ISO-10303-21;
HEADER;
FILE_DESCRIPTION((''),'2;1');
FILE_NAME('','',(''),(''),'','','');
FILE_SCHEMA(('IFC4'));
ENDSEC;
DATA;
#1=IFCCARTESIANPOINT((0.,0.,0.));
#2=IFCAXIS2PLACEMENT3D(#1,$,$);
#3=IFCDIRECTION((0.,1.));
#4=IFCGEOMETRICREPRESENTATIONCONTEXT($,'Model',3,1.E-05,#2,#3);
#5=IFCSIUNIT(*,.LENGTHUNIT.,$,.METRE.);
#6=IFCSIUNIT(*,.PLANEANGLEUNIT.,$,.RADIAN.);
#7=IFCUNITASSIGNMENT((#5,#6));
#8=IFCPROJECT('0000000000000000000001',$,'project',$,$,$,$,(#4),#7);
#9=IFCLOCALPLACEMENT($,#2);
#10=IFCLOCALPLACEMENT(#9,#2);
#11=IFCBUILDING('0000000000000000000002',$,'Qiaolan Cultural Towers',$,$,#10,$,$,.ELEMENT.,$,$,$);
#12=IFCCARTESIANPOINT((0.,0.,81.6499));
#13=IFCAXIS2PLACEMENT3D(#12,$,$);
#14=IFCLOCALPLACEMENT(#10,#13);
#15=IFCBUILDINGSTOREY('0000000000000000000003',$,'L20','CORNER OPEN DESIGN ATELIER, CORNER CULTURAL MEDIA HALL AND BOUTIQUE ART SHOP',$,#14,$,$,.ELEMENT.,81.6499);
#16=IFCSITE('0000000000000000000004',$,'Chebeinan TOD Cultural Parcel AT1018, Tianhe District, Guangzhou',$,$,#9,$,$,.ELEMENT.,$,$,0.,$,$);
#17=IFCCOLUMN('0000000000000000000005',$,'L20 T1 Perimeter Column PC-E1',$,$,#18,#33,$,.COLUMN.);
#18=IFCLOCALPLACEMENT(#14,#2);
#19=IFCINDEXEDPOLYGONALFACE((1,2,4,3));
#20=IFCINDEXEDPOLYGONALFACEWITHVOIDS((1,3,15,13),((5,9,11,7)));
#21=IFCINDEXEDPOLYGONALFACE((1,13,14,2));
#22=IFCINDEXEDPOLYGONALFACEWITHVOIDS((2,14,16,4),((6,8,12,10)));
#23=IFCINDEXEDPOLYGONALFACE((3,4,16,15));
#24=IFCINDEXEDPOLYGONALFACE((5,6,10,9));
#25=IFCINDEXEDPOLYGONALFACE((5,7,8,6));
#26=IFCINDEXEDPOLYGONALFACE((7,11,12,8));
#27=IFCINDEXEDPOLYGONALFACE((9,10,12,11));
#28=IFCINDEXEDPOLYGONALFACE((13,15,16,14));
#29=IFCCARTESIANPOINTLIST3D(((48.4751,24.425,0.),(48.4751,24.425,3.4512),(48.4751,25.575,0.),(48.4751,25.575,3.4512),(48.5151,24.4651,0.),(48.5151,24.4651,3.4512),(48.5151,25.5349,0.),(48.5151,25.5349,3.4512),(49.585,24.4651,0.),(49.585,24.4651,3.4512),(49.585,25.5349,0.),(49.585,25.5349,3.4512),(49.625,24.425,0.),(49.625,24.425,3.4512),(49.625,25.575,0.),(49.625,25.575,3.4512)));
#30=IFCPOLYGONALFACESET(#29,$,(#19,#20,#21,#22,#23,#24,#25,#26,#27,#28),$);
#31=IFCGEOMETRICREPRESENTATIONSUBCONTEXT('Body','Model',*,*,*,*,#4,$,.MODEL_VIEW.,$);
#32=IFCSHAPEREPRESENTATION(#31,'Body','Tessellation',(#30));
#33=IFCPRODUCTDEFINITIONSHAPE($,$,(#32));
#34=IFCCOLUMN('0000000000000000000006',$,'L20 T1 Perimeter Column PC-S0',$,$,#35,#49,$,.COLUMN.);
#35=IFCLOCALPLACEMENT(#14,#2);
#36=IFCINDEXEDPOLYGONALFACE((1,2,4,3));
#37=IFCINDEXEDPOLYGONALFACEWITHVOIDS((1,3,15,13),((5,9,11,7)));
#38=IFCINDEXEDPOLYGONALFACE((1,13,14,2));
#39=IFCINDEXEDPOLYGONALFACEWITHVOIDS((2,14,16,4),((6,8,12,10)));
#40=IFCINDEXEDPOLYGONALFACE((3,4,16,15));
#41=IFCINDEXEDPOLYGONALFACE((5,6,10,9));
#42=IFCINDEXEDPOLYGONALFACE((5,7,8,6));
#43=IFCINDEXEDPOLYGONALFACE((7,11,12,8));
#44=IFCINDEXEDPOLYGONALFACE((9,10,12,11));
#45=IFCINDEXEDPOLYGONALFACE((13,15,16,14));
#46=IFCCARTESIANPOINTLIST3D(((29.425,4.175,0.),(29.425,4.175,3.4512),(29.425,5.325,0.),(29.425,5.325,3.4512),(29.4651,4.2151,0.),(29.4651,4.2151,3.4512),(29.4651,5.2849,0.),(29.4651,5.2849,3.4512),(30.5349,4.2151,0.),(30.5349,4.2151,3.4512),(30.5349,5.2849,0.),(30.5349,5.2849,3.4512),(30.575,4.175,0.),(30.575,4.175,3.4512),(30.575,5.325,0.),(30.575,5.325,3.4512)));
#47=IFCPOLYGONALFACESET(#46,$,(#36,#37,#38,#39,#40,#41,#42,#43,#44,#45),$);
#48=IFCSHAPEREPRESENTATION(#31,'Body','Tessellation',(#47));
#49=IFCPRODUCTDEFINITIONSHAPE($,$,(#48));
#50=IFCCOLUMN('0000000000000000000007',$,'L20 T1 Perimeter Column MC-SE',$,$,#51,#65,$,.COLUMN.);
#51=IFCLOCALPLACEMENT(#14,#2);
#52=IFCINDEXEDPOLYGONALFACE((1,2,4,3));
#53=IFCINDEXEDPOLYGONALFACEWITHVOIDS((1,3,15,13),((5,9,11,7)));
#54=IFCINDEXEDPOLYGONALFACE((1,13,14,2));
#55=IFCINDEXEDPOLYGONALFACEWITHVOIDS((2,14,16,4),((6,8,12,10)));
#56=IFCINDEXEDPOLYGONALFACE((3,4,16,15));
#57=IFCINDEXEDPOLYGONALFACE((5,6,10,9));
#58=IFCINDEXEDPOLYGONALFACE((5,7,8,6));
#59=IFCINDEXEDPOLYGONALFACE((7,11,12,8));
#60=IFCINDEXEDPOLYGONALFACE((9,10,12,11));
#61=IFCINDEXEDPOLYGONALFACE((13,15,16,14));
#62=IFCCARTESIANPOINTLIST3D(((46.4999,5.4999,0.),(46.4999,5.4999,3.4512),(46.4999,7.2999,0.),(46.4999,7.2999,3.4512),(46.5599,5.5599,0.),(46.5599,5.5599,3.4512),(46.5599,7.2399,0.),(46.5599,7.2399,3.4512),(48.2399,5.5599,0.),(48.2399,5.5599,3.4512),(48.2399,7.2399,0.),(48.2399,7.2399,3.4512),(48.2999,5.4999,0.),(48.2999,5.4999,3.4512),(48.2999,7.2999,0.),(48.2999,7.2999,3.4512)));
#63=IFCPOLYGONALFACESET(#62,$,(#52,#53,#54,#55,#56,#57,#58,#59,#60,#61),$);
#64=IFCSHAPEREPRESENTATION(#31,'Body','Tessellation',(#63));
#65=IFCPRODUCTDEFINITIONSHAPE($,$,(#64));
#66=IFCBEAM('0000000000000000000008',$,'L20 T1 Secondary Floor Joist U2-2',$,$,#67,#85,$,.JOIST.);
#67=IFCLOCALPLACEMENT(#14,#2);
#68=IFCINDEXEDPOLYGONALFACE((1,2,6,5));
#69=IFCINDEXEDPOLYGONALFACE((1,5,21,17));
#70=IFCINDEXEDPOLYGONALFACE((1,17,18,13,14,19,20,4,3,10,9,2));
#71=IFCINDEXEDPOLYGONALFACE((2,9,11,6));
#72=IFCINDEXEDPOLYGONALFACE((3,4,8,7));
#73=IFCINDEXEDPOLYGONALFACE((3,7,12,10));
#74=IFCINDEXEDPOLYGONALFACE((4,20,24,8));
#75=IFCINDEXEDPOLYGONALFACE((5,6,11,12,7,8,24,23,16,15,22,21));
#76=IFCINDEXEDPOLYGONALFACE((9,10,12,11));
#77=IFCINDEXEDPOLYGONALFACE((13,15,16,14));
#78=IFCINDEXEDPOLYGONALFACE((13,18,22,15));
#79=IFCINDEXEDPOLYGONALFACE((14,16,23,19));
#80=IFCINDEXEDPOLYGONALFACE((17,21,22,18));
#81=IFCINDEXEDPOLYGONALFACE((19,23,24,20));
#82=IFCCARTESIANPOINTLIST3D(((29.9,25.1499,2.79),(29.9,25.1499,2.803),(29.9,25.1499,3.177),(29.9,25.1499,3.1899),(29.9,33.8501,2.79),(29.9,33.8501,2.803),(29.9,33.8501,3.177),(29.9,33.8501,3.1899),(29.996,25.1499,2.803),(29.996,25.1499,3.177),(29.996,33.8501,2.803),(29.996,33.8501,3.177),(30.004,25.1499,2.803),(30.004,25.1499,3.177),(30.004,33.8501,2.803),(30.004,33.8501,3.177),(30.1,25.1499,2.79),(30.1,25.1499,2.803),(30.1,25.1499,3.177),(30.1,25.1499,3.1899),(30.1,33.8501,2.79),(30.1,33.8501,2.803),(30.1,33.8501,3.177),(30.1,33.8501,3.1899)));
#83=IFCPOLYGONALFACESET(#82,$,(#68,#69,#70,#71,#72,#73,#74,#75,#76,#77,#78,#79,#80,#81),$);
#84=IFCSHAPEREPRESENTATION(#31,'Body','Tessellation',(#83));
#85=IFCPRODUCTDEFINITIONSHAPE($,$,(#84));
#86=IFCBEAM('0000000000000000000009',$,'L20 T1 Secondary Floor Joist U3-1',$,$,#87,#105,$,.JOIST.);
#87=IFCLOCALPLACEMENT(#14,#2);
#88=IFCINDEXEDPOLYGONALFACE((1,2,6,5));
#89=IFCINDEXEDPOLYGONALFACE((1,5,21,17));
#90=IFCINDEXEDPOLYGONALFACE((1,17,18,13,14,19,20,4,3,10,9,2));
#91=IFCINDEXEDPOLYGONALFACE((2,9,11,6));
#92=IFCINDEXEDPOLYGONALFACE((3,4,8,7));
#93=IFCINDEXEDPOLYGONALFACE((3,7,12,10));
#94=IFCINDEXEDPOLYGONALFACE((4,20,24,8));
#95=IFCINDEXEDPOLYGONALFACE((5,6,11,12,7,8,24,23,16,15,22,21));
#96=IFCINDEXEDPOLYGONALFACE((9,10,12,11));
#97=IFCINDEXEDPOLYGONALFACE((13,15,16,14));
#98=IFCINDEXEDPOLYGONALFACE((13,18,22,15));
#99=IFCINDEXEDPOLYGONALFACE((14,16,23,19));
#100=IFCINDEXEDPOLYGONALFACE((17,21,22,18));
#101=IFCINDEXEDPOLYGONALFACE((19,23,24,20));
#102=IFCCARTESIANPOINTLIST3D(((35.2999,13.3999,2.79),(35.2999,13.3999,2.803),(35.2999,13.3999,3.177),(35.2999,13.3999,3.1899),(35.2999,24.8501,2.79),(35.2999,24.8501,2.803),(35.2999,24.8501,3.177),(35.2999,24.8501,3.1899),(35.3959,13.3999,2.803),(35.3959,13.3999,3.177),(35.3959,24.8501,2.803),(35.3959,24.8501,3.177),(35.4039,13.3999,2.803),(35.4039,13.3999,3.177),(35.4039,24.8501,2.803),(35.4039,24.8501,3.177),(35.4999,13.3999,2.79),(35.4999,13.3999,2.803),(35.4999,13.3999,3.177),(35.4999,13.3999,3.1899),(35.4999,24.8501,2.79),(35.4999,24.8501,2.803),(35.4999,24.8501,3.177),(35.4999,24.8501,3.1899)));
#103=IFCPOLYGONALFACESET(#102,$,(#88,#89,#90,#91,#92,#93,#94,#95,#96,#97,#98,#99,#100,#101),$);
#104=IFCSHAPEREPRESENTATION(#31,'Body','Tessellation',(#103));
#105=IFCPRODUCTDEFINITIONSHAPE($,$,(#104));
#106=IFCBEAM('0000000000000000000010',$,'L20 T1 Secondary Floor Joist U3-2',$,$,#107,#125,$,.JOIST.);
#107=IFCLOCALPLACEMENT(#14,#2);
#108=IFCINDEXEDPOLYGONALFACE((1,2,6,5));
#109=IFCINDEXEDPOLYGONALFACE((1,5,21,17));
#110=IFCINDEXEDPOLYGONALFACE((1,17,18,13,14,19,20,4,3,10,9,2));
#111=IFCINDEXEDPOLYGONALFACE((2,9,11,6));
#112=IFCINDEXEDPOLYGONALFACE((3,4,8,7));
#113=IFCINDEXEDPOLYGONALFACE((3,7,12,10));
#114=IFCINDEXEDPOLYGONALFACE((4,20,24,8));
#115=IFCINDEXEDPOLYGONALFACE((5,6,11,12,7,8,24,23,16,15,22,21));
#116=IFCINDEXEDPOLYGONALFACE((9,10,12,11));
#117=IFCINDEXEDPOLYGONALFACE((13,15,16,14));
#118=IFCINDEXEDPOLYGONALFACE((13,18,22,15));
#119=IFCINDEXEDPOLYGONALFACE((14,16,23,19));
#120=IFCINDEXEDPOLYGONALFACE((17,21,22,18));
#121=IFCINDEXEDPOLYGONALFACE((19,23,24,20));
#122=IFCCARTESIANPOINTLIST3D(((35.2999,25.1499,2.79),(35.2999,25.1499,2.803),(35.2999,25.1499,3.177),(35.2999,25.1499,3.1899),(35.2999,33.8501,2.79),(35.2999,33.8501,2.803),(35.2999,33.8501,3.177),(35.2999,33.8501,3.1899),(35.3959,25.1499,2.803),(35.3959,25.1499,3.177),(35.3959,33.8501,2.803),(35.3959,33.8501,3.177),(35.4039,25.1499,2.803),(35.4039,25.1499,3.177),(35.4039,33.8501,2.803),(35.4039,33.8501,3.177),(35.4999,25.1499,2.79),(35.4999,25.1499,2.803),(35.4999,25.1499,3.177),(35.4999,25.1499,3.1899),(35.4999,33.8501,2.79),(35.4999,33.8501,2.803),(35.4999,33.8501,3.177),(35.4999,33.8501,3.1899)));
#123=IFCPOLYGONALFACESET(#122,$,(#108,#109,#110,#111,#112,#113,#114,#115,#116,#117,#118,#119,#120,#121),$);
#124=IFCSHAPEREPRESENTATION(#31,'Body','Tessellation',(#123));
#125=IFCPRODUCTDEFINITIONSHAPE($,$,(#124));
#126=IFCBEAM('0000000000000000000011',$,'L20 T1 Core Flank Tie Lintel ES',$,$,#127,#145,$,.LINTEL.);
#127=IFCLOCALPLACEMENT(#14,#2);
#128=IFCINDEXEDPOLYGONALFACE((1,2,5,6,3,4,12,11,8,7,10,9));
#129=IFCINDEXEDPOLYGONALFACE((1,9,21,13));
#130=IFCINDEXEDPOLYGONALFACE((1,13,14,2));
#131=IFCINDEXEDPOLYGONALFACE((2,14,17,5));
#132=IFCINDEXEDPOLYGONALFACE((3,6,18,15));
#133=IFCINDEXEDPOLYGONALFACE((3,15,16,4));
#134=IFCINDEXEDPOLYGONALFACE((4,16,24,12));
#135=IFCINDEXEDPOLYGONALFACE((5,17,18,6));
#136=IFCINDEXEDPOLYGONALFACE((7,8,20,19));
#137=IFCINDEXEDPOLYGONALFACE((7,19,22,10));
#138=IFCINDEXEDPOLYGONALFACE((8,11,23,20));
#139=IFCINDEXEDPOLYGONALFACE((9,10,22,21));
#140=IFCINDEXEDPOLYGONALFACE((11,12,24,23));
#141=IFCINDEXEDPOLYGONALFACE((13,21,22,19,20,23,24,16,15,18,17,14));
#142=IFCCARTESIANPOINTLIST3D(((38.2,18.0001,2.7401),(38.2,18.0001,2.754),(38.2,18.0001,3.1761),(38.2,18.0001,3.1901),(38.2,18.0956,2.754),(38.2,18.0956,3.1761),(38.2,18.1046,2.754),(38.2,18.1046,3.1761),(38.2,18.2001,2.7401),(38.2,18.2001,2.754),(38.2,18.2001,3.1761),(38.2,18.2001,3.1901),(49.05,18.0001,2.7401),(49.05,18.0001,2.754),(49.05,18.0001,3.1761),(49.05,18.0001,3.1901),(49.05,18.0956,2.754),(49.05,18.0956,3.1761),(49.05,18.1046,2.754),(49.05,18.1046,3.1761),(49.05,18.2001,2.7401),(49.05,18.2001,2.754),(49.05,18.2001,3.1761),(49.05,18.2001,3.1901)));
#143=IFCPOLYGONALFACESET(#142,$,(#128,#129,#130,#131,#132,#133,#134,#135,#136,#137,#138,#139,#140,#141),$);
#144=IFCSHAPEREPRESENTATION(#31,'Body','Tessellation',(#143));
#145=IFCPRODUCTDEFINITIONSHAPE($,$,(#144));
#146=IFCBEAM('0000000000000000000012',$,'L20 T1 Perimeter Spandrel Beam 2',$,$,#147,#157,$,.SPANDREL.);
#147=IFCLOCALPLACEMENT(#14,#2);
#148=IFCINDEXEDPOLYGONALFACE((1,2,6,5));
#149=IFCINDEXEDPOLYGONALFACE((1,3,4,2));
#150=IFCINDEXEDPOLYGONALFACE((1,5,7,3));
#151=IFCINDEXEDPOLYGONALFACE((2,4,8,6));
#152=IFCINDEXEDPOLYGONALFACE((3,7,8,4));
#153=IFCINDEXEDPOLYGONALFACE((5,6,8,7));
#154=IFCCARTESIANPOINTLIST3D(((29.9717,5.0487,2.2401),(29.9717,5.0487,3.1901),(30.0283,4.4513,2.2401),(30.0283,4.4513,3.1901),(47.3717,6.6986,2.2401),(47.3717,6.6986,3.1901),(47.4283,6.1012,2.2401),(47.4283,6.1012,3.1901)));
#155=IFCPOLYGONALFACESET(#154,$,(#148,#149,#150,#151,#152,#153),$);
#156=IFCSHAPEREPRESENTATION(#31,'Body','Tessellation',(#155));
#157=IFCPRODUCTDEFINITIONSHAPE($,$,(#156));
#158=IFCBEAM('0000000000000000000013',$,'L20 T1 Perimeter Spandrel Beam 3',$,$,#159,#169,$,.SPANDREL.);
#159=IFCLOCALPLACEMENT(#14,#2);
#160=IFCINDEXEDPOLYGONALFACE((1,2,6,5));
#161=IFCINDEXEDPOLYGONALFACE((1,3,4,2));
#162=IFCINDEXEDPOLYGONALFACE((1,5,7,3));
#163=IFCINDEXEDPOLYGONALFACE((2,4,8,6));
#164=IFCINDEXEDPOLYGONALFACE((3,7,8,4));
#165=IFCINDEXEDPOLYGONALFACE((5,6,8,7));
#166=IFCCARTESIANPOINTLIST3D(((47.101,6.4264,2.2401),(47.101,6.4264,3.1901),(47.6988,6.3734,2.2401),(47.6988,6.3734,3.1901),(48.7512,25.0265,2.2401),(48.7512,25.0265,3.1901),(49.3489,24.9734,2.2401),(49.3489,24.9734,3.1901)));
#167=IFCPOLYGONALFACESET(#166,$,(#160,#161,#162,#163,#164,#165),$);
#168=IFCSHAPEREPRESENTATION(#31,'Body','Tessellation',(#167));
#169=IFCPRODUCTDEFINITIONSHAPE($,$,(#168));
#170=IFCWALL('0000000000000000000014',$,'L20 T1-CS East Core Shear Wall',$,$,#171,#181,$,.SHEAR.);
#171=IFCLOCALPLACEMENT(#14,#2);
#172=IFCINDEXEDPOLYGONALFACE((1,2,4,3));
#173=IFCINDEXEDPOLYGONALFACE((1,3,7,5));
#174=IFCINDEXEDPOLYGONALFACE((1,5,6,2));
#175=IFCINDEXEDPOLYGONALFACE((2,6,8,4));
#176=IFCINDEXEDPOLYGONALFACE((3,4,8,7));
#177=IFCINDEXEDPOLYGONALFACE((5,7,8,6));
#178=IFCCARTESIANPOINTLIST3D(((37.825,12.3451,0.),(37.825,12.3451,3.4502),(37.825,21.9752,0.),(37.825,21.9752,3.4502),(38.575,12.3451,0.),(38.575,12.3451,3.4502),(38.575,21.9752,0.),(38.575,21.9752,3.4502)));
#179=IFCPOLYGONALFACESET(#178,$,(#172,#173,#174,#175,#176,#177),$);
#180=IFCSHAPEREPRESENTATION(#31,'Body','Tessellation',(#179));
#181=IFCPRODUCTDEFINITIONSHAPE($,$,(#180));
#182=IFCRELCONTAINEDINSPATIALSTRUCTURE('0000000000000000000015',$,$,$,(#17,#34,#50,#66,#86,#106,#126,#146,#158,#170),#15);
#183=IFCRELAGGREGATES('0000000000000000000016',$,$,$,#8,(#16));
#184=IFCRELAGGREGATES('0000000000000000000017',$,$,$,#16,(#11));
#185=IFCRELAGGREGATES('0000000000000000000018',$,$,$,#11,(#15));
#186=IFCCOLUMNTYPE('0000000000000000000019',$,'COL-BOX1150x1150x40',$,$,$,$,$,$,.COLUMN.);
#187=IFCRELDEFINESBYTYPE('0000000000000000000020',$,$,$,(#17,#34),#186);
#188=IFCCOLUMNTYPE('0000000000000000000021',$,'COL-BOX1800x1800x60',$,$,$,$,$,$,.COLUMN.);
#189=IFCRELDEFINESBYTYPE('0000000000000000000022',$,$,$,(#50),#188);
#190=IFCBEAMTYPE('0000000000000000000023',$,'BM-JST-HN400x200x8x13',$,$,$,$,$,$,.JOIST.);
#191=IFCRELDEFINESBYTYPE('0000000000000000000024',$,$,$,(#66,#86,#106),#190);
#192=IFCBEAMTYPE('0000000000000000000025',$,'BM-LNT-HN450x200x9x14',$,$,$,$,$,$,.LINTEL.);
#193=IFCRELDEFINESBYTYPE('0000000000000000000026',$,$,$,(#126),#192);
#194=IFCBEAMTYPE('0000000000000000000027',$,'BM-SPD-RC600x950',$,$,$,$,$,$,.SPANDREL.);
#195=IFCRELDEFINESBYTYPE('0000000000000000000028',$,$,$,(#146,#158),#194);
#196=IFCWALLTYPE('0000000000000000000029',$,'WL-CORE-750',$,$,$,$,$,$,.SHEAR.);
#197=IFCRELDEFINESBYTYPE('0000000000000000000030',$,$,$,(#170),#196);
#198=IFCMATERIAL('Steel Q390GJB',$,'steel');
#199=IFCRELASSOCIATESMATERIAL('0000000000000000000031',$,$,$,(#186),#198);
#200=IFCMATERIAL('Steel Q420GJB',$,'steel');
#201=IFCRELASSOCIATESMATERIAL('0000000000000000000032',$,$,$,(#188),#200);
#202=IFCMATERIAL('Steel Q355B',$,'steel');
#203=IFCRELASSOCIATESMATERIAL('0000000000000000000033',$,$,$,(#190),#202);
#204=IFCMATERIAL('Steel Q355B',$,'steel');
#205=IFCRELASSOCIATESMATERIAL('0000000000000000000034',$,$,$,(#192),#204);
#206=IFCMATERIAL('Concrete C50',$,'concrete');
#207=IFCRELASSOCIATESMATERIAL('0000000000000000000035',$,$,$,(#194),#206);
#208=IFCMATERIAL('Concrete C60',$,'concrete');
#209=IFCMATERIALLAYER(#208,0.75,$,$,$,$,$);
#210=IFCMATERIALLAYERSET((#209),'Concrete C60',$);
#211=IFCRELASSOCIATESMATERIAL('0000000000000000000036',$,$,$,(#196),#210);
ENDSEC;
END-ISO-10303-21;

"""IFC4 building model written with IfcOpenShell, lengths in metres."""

from ifc_helpers import new_model, si_unit, direction, frame, frame_2d, origin, origin_2d, place, context, subcontext, project, spatial, rectangle, hollow_rectangle, i_section, extrude, material, layer, layer_set, material_profile, profile_set, type_object, element, save


model = new_model("IFC4")

# Units and contexts
model_context = context("Model", 3, precision=1e-05, world=origin(), true_north=direction((0.0, 1.0)))
body_context = subcontext(model_context, "Body", "Model", "MODEL_VIEW")
ifc_project = project(units=[si_unit("LENGTHUNIT", "METRE"), si_unit("PLANEANGLEUNIT", "RADIAN")], contexts=[model_context])

# Site, building, storey
site_placement = place(None, origin())
site = spatial("IfcSite", under=ifc_project, at=site_placement, Name="Chebeinan TOD Cultural Parcel AT1018, Tianhe District, Guangzhou", CompositionType="ELEMENT", RefElevation=0.0)
building_placement = place(site_placement, origin())
building = spatial("IfcBuilding", under=site, at=building_placement, Name="Qiaolan Cultural Towers", CompositionType="ELEMENT")
storey_placement = place(building_placement, frame((0.0, 0.0, 81.6499)))
storey = spatial("IfcBuildingStorey", under=building, at=storey_placement, Name="L20", Description="CORNER OPEN DESIGN ATELIER, CORNER CULTURAL MEDIA HALL AND BOUTIQUE ART SHOP", CompositionType="ELEMENT", Elevation=81.6499)

# Columns
ifc_material_1 = material(Name="Steel Q390GJB", Category="steel")
ifc_material_profile_1 = material_profile(ifc_material_1, hollow_rectangle(XDim=1.1499, YDim=1.1499, WallThickness=0.04, at=origin_2d()), Name="BOX1150x1150x40")
ifc_profile_set_1 = profile_set([ifc_material_profile_1], Name="Steel Q390GJB")
column_type_1 = type_object("IfcColumnType", Name="COL-BOX1150x1150x40", PredefinedType="COLUMN", material=ifc_profile_set_1)
for number, where, z_axis, x_axis, name in (
    (1, (49.05, 25.0, 0.0), (0.0, 0.0, 1.0), (1.0, 0.0, 0.0), "L20 T1 Perimeter Column PC-E1"),
    (2, (30.0, 4.75, 0.0), (0.0, 0.0, 1.0), (1.0, 0.0, 0.0), "L20 T1 Perimeter Column PC-S0"),
):
    element("IfcColumn", number, at=place(storey_placement, frame(where, z_axis=z_axis, x_axis=x_axis)), inside=storey, type_object=column_type_1, Name=name, PredefinedType="COLUMN", context=body_context, shape_type="SweptSolid", body=[
        extrude(hollow_rectangle(XDim=1.1499, YDim=1.1499, WallThickness=0.04, at=origin_2d()), origin(), (0.0, 0.0, 1.0), 3.4512),
    ])
ifc_material_2 = material(Name="Steel Q420GJB", Category="steel")
ifc_material_profile_2 = material_profile(ifc_material_2, hollow_rectangle(XDim=1.8, YDim=1.8, WallThickness=0.0601, at=origin_2d()), Name="BOX1800x1800x60")
ifc_profile_set_2 = profile_set([ifc_material_profile_2], Name="Steel Q420GJB")
column_type_2 = type_object("IfcColumnType", Name="COL-BOX1800x1800x60", PredefinedType="COLUMN", material=ifc_profile_set_2)
column_placement = place(storey_placement, frame((47.3999, 6.3999, 0.0), z_axis=(0.0, 0.0, 1.0), x_axis=(1.0, 0.0, 0.0)))
element("IfcColumn", 3, at=column_placement, inside=storey, type_object=column_type_2, Name="L20 T1 Perimeter Column MC-SE", PredefinedType="COLUMN", context=body_context, shape_type="SweptSolid", body=[
    extrude(hollow_rectangle(XDim=1.8, YDim=1.8, WallThickness=0.0601, at=origin_2d()), origin(), (0.0, 0.0, 1.0), 3.4512),
])

# Beams
ifc_material_3 = material(Name="Steel Q355B", Category="steel")
ifc_material_profile_3 = material_profile(ifc_material_3, i_section(OverallWidth=0.2, OverallDepth=0.3999, WebThickness=0.0081, FlangeThickness=0.0129, at=origin_2d()), Name="HN400x200x8x13")
ifc_profile_set_3 = profile_set([ifc_material_profile_3], Name="Steel Q355B")
beam_type_1 = type_object("IfcBeamType", Name="BM-JST-HN400x200x8x13", PredefinedType="JOIST", material=ifc_profile_set_3)
beam_1_placement = place(storey_placement, frame((30.0, 25.1499, 2.99), z_axis=(0.0, 1.0, 0.0), x_axis=(-1.0, 0.0, 0.0)))
element("IfcBeam", 4, at=beam_1_placement, inside=storey, type_object=beam_type_1, Name="L20 T1 Secondary Floor Joist U2-2", PredefinedType="JOIST", context=body_context, shape_type="SweptSolid", body=[
    extrude(i_section(OverallWidth=0.2, OverallDepth=0.3999, WebThickness=0.0081, FlangeThickness=0.0129, at=origin_2d()), origin(), (0.0, 0.0, 1.0), 8.7002),
])
beam_2_placement = place(storey_placement, frame((35.3999, 13.3999, 2.99), z_axis=(0.0, 1.0, 0.0), x_axis=(-1.0, 0.0, 0.0)))
element("IfcBeam", 5, at=beam_2_placement, inside=storey, type_object=beam_type_1, Name="L20 T1 Secondary Floor Joist U3-1", PredefinedType="JOIST", context=body_context, shape_type="SweptSolid", body=[
    extrude(i_section(OverallWidth=0.2, OverallDepth=0.3999, WebThickness=0.0081, FlangeThickness=0.0129, at=origin_2d()), origin(), (0.0, 0.0, 1.0), 11.4502),
])
beam_3_placement = place(storey_placement, frame((35.3999, 25.1499, 2.99), z_axis=(0.0, 1.0, 0.0), x_axis=(-1.0, 0.0, 0.0)))
element("IfcBeam", 6, at=beam_3_placement, inside=storey, type_object=beam_type_1, Name="L20 T1 Secondary Floor Joist U3-2", PredefinedType="JOIST", context=body_context, shape_type="SweptSolid", body=[
    extrude(i_section(OverallWidth=0.2, OverallDepth=0.3999, WebThickness=0.0081, FlangeThickness=0.0129, at=origin_2d()), origin(), (0.0, 0.0, 1.0), 8.7002),
])
ifc_material_4 = material(Name="Steel Q355B", Category="steel")
ifc_material_profile_4 = material_profile(ifc_material_4, i_section(OverallWidth=0.2, OverallDepth=0.45, WebThickness=0.009, FlangeThickness=0.0139, at=origin_2d()), Name="HN450x200x9x14")
ifc_profile_set_4 = profile_set([ifc_material_profile_4], Name="Steel Q355B")
beam_type_2 = type_object("IfcBeamType", Name="BM-LNT-HN450x200x9x14", PredefinedType="LINTEL", material=ifc_profile_set_4)
beam_4_placement = place(storey_placement, frame((38.2, 18.1001, 2.9651), z_axis=(1.0, 0.0, 0.0), x_axis=(0.0, 1.0, 0.0)))
element("IfcBeam", 7, at=beam_4_placement, inside=storey, type_object=beam_type_2, Name="L20 T1 Core Flank Tie Lintel ES", PredefinedType="LINTEL", context=body_context, shape_type="SweptSolid", body=[
    extrude(i_section(OverallWidth=0.2, OverallDepth=0.45, WebThickness=0.009, FlangeThickness=0.0139, at=origin_2d()), origin(), (0.0, 0.0, 1.0), 10.8501),
])
ifc_material_5 = material(Name="Concrete C50", Category="concrete")
ifc_material_profile_5 = material_profile(ifc_material_5, rectangle(XDim=0.6001, YDim=0.95, at=origin_2d()), Name="RC600x950")
ifc_profile_set_5 = profile_set([ifc_material_profile_5], Name="Concrete C50")
beam_type_3 = type_object("IfcBeamType", Name="BM-SPD-RC600x950", PredefinedType="SPANDREL", material=ifc_profile_set_5)
beam_5_placement = place(storey_placement, frame((30.0, 4.75, 2.7151), z_axis=(0.995534, 0.094399, 0.0), x_axis=(-0.094399, 0.995534, 0.0)))
element("IfcBeam", 8, at=beam_5_placement, inside=storey, type_object=beam_type_3, Name="L20 T1 Perimeter Spandrel Beam 2", PredefinedType="SPANDREL", context=body_context, shape_type="SweptSolid", body=[
    extrude(rectangle(XDim=0.6001, YDim=0.95, at=origin_2d()), origin(), (0.0, 0.0, 1.0), 17.478),
])
beam_6_placement = place(storey_placement, frame((47.3999, 6.3999, 2.7151), z_axis=(0.08837, 0.996088, 0.0), x_axis=(-0.996088, 0.08837, 0.0)))
element("IfcBeam", 9, at=beam_6_placement, inside=storey, type_object=beam_type_3, Name="L20 T1 Perimeter Spandrel Beam 3", PredefinedType="SPANDREL", context=body_context, shape_type="SweptSolid", body=[
    extrude(rectangle(XDim=0.6001, YDim=0.95, at=origin_2d()), origin(), (0.0, 0.0, 1.0), 18.6731),
])

# Wall
ifc_material_6 = material(Name="Concrete C60", Category="concrete")
ifc_layer_1 = layer(ifc_material_6, 0.75)
ifc_layer_set_1 = layer_set([ifc_layer_1], Name="Concrete C60")
wall_type_1 = type_object("IfcWallType", Name="WL-CORE-750", PredefinedType="SHEAR", material=ifc_layer_set_1)
wall_1_placement = place(storey_placement, frame((38.2, 21.9751, 0.0), z_axis=(0.0, 0.0, 1.0), x_axis=(0.0, -1.0, 0.0)))
element("IfcWall", 10, at=wall_1_placement, inside=storey, type_object=wall_type_1, Name="L20 T1-CS East Core Shear Wall", PredefinedType="SHEAR", context=body_context, shape_type="SweptSolid", body=[
    extrude(rectangle(XDim=9.6301, YDim=0.75, at=frame_2d((4.8149, 0.0))), origin(), (0.0, 0.0, 1.0), 3.4502),
])

save(model, "model.ifc")
